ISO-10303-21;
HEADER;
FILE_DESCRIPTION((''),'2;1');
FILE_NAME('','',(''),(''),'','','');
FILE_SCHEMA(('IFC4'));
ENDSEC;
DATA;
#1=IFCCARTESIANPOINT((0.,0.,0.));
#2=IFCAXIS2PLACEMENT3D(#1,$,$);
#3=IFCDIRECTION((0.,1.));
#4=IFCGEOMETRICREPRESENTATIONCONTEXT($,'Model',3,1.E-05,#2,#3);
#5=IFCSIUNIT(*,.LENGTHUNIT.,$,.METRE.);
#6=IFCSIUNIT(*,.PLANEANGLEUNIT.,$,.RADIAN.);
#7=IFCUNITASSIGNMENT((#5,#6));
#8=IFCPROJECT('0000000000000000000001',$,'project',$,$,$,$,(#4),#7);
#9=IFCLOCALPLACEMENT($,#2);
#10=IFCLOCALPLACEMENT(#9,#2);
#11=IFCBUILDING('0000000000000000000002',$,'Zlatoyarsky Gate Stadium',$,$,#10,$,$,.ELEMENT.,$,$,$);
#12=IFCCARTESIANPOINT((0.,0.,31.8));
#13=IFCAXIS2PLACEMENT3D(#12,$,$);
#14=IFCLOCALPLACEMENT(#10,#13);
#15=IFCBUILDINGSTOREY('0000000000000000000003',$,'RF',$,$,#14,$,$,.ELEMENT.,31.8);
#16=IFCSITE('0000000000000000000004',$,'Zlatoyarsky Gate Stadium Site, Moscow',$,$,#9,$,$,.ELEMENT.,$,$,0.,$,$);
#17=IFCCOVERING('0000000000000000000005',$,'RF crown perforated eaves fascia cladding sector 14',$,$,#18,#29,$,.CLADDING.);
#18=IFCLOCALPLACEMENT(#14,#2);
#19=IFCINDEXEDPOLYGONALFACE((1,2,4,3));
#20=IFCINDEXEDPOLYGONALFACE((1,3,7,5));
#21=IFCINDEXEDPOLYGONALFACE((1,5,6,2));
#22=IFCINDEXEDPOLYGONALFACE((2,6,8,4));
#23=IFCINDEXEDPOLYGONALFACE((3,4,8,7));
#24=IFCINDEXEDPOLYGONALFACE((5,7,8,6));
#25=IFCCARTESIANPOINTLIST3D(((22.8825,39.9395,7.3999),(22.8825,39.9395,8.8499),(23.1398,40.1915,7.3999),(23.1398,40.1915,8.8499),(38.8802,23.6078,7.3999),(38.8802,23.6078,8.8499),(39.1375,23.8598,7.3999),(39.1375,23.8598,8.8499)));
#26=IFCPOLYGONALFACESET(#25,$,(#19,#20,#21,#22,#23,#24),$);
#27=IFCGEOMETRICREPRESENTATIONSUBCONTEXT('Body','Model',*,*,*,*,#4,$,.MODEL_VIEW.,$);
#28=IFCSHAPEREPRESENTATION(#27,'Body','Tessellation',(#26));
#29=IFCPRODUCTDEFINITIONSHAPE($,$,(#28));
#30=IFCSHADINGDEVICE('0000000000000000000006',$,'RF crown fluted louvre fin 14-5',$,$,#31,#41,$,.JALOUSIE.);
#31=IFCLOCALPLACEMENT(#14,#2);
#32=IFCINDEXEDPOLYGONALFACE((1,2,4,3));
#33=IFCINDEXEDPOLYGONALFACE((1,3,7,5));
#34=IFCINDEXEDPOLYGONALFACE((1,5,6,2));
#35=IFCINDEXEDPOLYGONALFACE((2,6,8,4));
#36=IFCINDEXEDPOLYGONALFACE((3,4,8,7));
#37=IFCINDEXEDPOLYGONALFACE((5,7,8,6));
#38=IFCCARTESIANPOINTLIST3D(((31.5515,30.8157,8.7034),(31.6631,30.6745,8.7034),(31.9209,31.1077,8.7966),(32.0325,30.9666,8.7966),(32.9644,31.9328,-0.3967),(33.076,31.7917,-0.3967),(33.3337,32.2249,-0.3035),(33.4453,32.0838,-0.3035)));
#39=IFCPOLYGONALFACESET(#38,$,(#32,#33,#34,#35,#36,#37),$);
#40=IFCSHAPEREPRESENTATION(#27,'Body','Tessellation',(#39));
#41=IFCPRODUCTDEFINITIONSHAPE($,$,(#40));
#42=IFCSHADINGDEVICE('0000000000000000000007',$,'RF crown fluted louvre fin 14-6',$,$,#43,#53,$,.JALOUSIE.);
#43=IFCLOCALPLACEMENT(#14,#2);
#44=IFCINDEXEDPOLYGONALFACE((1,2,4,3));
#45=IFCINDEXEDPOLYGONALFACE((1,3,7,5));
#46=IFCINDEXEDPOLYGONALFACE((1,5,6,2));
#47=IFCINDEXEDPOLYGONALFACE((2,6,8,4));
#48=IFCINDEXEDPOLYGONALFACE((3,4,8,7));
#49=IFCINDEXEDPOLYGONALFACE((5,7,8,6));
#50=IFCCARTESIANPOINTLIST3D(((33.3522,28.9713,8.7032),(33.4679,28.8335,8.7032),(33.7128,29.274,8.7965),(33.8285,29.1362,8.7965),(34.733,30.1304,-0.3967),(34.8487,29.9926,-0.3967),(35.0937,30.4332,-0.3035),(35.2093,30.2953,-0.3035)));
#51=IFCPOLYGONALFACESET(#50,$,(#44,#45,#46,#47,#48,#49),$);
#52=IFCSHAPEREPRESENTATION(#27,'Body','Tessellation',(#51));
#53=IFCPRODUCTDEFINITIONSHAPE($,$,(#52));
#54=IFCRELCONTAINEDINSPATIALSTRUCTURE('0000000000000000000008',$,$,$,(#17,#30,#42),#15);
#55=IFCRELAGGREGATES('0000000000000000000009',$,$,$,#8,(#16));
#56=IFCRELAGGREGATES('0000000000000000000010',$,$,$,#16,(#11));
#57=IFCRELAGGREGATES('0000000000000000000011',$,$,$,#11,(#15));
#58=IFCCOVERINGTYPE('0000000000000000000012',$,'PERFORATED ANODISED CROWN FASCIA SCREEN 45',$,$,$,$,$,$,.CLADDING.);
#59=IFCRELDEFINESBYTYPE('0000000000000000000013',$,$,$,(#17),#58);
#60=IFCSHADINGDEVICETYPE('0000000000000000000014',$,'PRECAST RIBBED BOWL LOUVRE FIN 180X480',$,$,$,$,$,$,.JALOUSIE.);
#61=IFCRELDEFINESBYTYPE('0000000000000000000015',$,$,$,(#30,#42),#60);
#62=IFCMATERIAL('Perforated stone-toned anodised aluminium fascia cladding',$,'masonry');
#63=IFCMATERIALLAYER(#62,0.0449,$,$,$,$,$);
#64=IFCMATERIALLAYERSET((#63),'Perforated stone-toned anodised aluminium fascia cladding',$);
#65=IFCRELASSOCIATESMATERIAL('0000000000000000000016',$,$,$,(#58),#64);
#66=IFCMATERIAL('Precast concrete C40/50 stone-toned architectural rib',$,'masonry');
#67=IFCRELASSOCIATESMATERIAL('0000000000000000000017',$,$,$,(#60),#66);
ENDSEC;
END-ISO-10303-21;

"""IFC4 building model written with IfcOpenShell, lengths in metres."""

from ifc_helpers import new_model, si_unit, direction, frame, origin, origin_2d, place, context, subcontext, project, spatial, rectangle, extrude, material, layer, layer_set, material_profile, profile_set, type_object, element, save


model = new_model("IFC4")

# Units and contexts
model_context = context("Model", 3, precision=1e-05, world=origin(), true_north=direction((0.0, 1.0)))
body_context = subcontext(model_context, "Body", "Model", "MODEL_VIEW")
ifc_project = project(units=[si_unit("LENGTHUNIT", "METRE"), si_unit("PLANEANGLEUNIT", "RADIAN")], contexts=[model_context])

# Site, building, storey
site_placement = place(None, origin())
site = spatial("IfcSite", under=ifc_project, at=site_placement, Name="Zlatoyarsky Gate Stadium Site, Moscow", CompositionType="ELEMENT", RefElevation=0.0)
building_placement = place(site_placement, origin())
building = spatial("IfcBuilding", under=site, at=building_placement, Name="Zlatoyarsky Gate Stadium", CompositionType="ELEMENT")
storey_placement = place(building_placement, frame((0.0, 0.0, 31.8)))
storey = spatial("IfcBuildingStorey", under=building, at=storey_placement, Name="RF", CompositionType="ELEMENT", Elevation=31.8)

# Covering
ifc_material_1 = material(Name="Perforated stone-toned anodised aluminium fascia cladding", Category="masonry")
ifc_layer_1 = layer(ifc_material_1, 0.0449)
ifc_layer_set_1 = layer_set([ifc_layer_1], Name="Perforated stone-toned anodised aluminium fascia cladding")
covering_type = type_object("IfcCoveringType", Name="PERFORATED ANODISED CROWN FASCIA SCREEN 45", PredefinedType="CLADDING", material=ifc_layer_set_1)
covering_placement = place(storey_placement, frame((31.01, 31.8997, 7.3999), z_axis=(0.0, 0.0, 1.0), x_axis=(0.699762, -0.714376, 0.0)))
element("IfcCovering", 1, at=covering_placement, inside=storey, type_object=covering_type, Name="RF crown perforated eaves fascia cladding sector 14", PredefinedType="CLADDING", context=body_context, shape_type="SweptSolid", body=[
    extrude(rectangle(XDim=22.8616, YDim=0.3601, at=origin_2d()), origin(), (0.0, 0.0, 1.0), 1.45),
])

# Shading devices
ifc_material_2 = material(Name="Precast concrete C40/50 stone-toned architectural rib", Category="masonry")
ifc_material_profile_1 = material_profile(ifc_material_2, rectangle(XDim=0.1799, YDim=0.48, at=origin_2d()), Name="RIB 180X480")
ifc_profile_set_1 = profile_set([ifc_material_profile_1], Name="Precast concrete C40/50 stone-toned architectural rib")
shading_device_type = type_object("IfcShadingDeviceType", Name="PRECAST RIBBED BOWL LOUVRE FIN 180X480", PredefinedType="JALOUSIE", material=ifc_profile_set_1)
shading_device_1_placement = place(storey_placement, frame((33.2048, 32.0083, -0.3501), z_axis=(-0.152301, -0.12043, 0.980969), x_axis=(0.620255, -0.7844, 0.0)))
element("IfcShadingDevice", 2, at=shading_device_1_placement, inside=storey, type_object=shading_device_type, Name="RF crown fluted louvre fin 14-5", PredefinedType="JALOUSIE", context=body_context, shape_type="SweptSolid", body=[
    extrude(rectangle(XDim=0.1799, YDim=0.48, at=origin_2d()), origin(), (0.0, 0.0, 1.0), 9.2766),
])
shading_device_2_placement = place(storey_placement, frame((34.9712, 30.2129, -0.3501), z_axis=(-0.148848, -0.124952, 0.980934), x_axis=(0.642951, -0.765908, 0.0)))
element("IfcShadingDevice", 3, at=shading_device_2_placement, inside=storey, type_object=shading_device_type, Name="RF crown fluted louvre fin 14-6", PredefinedType="JALOUSIE", context=body_context, shape_type="SweptSolid", body=[
    extrude(rectangle(XDim=0.1799, YDim=0.48, at=origin_2d()), origin(), (0.0, 0.0, 1.0), 9.2769),
])

save(model, "model.ifc")
